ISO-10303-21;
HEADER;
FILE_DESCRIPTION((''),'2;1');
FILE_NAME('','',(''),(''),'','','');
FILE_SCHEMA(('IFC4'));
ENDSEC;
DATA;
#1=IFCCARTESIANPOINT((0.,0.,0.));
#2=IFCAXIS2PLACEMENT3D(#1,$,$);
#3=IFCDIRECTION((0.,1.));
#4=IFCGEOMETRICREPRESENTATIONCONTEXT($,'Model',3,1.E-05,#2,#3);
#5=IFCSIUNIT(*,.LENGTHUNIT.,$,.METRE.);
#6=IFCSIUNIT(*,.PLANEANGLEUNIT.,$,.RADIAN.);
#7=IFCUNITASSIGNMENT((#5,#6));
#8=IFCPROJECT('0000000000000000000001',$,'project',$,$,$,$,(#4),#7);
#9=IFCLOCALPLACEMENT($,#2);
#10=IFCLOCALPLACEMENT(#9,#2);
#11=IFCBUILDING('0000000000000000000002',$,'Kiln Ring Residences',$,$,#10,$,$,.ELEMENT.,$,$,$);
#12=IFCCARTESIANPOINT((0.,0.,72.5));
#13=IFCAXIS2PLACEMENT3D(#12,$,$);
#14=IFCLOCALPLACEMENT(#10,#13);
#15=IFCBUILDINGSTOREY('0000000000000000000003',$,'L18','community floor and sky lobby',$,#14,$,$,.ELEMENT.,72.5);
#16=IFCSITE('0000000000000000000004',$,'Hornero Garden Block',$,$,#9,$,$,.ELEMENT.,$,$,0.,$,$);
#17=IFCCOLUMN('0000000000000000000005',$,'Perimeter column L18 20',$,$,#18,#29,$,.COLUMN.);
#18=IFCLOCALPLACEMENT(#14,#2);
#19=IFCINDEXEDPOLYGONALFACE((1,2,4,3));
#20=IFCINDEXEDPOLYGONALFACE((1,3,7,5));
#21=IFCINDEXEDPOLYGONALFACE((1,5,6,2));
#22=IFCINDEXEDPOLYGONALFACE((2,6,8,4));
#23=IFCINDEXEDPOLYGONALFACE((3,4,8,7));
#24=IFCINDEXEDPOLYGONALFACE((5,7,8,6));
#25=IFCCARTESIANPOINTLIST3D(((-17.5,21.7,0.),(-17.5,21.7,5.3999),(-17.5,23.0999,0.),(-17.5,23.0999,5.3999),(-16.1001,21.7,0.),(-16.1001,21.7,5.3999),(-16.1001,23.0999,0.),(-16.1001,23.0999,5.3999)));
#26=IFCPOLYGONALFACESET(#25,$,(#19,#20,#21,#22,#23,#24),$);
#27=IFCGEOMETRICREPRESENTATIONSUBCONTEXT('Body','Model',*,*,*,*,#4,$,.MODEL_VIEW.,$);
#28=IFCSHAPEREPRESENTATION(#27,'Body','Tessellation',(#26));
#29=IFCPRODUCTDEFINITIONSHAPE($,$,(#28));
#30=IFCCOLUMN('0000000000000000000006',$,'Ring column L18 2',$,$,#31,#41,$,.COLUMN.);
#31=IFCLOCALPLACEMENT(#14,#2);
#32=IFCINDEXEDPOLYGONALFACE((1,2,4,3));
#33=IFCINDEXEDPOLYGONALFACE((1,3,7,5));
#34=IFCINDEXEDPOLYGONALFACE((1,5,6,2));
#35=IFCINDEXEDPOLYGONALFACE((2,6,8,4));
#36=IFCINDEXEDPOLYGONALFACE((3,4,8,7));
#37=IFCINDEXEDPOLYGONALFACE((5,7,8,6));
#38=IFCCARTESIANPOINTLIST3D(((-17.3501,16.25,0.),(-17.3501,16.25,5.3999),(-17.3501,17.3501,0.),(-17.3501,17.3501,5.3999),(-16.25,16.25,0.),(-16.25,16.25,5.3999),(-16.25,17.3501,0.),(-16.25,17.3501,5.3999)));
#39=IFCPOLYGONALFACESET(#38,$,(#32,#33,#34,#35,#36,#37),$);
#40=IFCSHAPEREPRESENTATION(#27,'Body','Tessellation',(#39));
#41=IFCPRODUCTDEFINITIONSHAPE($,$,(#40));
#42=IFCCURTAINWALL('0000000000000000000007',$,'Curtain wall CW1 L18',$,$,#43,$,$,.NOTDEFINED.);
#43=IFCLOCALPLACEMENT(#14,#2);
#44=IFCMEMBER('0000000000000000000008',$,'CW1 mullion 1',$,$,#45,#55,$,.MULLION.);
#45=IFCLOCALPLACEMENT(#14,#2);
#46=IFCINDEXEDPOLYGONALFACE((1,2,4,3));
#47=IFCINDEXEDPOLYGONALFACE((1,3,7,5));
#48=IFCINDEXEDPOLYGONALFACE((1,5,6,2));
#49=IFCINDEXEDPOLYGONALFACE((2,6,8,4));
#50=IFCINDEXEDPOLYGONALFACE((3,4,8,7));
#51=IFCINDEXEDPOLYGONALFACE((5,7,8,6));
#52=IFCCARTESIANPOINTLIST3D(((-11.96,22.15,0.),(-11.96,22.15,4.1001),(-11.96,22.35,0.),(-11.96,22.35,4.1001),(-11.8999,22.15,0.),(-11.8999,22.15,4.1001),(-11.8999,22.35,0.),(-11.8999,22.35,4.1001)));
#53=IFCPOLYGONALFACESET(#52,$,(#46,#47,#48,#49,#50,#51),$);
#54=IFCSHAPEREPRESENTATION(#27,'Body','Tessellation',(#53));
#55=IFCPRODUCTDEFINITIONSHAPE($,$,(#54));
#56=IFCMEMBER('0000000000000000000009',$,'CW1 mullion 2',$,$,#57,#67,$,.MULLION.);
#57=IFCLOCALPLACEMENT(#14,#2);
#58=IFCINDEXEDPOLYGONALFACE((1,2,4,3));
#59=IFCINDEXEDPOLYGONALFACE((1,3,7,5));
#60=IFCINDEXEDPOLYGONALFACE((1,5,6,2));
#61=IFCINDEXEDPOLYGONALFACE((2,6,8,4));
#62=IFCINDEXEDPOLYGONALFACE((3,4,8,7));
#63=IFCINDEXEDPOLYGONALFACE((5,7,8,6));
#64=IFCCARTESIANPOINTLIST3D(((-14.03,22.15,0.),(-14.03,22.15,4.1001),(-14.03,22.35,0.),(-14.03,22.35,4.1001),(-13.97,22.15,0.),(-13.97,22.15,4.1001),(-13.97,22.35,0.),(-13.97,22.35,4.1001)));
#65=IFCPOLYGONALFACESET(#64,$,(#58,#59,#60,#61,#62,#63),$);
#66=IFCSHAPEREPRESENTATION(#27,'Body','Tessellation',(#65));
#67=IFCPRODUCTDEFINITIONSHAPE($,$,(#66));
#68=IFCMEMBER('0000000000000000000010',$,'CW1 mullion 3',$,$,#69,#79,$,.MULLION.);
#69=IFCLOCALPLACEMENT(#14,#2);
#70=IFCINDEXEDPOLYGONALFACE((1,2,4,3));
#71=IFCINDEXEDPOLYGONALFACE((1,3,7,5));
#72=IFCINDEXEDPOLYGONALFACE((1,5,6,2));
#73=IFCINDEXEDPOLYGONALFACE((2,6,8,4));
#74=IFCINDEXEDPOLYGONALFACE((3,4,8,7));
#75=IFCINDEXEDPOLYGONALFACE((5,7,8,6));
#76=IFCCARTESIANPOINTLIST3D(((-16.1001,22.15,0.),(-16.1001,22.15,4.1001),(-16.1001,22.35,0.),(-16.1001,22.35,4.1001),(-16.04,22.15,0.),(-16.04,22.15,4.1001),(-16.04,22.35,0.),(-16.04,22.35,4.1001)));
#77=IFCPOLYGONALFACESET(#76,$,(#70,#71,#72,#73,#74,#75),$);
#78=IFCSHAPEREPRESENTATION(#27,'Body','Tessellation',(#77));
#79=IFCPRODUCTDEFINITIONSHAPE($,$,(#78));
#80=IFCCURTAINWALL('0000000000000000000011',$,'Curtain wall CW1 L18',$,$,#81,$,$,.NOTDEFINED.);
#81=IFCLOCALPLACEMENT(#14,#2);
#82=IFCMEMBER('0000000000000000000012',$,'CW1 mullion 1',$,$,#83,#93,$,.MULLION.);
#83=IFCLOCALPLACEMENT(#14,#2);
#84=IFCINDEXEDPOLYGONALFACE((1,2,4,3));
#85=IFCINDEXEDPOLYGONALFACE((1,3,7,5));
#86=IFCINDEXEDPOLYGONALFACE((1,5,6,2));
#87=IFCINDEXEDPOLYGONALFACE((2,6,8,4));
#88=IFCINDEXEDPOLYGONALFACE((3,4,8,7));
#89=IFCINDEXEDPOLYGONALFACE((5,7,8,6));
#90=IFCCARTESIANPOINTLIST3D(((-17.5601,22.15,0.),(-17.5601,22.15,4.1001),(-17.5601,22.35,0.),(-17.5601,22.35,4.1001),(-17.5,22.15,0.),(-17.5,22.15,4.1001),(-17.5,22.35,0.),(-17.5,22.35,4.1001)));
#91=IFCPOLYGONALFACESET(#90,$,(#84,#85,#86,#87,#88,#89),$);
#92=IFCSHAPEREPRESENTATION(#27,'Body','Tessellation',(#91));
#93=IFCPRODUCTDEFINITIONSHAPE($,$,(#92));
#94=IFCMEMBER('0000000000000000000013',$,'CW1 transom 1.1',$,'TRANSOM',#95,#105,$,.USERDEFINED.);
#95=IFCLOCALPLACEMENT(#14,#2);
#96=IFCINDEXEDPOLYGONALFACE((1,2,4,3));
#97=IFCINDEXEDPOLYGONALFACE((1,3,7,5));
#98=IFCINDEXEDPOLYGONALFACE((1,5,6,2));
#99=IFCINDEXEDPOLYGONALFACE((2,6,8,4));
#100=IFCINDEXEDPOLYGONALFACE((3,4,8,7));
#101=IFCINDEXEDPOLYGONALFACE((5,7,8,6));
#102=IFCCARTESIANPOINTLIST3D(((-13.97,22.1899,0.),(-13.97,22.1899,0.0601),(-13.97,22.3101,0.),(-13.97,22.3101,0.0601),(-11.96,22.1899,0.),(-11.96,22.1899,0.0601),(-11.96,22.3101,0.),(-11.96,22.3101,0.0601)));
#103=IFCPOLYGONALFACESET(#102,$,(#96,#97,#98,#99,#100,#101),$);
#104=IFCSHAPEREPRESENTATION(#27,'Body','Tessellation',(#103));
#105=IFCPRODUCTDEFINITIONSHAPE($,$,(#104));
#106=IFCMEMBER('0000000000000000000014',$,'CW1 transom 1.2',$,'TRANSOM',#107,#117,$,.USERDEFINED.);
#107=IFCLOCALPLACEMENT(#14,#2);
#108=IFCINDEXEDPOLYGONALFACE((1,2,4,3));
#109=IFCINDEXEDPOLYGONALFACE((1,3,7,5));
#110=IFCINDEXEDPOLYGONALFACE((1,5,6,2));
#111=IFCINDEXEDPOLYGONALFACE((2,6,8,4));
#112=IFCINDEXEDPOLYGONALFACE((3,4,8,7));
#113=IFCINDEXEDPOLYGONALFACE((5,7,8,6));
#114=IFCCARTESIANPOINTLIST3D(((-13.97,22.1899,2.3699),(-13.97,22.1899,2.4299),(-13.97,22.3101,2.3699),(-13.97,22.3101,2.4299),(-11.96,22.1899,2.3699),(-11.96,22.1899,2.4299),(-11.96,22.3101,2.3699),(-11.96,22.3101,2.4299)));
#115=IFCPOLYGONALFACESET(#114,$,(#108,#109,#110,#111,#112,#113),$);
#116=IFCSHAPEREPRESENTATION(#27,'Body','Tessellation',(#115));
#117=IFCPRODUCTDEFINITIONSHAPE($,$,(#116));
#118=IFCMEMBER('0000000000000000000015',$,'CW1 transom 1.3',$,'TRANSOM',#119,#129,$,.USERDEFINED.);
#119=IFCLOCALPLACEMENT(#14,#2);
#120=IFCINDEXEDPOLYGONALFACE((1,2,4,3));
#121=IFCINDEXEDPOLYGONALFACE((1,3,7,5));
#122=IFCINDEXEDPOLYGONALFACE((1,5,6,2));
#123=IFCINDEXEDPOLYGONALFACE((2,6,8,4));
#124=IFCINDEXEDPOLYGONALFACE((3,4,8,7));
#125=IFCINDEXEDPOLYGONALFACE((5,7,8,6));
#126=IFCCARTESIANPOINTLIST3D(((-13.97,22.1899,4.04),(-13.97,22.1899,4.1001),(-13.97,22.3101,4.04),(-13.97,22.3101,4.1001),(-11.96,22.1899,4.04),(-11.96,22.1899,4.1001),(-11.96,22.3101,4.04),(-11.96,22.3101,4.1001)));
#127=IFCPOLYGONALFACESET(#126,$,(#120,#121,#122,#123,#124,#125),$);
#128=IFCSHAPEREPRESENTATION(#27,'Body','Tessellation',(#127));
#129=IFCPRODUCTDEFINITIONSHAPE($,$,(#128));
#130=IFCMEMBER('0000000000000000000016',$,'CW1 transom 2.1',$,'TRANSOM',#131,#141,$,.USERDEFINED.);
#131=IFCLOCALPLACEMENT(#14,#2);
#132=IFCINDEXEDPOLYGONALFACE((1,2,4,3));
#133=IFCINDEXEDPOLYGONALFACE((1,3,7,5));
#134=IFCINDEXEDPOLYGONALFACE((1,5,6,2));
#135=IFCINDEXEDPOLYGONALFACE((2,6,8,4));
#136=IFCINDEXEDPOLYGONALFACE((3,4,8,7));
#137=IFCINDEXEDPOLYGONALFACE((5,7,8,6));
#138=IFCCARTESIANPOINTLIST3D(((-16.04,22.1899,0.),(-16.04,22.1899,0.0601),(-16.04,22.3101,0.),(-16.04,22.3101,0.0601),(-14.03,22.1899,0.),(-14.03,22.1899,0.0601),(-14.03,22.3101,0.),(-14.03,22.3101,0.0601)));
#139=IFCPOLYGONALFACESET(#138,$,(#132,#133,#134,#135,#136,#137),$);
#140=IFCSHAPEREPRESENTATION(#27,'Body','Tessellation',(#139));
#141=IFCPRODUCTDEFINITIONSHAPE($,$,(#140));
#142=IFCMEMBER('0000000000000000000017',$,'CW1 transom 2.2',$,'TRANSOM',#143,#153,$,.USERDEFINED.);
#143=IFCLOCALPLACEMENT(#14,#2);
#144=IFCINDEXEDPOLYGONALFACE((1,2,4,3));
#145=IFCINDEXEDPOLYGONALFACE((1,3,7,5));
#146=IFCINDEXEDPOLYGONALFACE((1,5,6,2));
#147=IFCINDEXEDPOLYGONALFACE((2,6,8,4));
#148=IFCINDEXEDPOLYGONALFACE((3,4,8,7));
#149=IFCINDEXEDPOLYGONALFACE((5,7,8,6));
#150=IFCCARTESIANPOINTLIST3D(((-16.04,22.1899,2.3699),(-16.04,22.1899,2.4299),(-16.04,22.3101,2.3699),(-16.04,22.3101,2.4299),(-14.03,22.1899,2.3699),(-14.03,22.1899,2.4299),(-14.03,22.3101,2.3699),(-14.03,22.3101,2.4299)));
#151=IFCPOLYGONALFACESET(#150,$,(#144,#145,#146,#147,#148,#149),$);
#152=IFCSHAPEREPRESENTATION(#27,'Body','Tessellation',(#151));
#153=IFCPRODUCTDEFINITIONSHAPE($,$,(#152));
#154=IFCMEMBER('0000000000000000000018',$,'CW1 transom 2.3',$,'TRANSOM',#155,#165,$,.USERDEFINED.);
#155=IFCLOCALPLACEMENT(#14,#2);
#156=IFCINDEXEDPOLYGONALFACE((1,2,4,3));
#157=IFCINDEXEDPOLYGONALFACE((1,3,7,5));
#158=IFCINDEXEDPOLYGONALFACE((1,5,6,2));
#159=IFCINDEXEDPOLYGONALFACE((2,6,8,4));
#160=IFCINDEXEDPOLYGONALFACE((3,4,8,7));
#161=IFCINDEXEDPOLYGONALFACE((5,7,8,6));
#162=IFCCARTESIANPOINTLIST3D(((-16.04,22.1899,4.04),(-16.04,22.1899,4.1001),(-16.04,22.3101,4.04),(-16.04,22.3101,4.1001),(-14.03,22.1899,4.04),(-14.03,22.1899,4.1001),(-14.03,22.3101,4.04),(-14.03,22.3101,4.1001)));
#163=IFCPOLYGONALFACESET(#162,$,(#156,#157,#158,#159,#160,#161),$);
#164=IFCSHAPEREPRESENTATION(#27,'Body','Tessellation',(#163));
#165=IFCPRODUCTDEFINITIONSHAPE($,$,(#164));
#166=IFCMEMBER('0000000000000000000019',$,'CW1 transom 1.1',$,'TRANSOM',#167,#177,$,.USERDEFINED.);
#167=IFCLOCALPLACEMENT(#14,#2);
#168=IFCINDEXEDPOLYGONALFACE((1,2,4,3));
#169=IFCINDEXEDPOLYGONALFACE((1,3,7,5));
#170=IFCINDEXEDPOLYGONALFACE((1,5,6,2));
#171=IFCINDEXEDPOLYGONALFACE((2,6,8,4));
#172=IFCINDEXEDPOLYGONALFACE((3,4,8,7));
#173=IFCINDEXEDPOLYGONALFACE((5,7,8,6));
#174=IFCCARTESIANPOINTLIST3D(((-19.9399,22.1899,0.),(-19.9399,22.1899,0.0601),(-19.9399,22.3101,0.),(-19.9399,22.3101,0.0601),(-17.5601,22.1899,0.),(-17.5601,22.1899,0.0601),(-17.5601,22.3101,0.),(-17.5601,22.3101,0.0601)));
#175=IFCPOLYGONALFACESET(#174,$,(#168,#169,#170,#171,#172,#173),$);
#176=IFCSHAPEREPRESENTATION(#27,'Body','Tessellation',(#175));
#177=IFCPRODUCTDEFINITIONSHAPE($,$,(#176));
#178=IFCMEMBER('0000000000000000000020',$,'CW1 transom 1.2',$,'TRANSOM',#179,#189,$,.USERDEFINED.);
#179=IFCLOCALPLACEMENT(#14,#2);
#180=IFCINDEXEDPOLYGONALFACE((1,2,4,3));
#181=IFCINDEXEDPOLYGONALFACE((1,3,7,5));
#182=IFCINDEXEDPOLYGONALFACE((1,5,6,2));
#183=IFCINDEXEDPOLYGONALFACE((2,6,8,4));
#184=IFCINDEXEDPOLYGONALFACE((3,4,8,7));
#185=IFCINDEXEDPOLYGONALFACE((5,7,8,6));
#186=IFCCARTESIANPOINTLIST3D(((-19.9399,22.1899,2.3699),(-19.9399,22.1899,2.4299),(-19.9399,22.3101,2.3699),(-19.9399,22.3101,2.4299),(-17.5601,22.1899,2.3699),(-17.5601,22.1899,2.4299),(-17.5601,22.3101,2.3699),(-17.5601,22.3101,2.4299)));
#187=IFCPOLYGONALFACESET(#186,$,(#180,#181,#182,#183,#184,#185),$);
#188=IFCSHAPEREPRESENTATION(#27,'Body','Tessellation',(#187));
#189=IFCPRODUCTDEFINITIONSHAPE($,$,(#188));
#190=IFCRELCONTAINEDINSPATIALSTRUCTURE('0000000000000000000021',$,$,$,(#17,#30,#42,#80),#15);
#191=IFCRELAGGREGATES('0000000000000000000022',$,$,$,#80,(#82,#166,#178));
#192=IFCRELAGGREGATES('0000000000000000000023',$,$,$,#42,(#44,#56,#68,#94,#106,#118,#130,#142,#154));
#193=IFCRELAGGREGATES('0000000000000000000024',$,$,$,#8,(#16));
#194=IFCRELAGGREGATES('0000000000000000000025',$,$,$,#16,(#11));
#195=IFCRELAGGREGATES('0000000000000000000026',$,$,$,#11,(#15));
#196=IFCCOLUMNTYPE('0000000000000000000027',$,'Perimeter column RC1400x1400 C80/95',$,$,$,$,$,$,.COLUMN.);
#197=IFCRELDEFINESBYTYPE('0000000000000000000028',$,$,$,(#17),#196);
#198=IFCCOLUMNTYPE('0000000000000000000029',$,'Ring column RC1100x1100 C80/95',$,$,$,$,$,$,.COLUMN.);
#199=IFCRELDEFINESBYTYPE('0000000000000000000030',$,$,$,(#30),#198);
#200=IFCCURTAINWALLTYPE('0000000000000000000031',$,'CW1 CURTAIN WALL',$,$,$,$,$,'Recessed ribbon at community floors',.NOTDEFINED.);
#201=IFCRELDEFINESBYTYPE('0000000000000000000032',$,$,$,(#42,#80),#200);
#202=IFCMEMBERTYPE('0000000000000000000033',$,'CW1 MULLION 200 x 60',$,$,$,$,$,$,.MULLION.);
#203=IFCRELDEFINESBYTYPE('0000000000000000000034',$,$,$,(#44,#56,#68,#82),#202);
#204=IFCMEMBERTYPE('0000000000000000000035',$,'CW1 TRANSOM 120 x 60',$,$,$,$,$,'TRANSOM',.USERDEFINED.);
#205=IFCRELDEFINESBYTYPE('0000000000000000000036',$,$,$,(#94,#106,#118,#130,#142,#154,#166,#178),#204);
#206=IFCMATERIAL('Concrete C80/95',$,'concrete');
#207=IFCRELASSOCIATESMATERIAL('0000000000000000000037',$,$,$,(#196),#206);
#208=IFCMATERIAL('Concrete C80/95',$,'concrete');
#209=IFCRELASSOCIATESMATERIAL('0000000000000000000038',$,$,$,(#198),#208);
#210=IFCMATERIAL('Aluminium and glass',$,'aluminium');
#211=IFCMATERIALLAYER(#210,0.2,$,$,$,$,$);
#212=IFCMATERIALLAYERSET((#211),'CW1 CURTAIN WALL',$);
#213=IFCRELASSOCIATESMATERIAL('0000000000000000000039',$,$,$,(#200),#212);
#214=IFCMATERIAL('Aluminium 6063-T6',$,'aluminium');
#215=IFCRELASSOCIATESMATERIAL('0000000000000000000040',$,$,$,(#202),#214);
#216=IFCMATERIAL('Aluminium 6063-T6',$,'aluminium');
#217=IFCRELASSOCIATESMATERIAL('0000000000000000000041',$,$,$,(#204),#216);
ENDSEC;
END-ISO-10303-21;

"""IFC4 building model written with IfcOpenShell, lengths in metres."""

from ifc_helpers import new_model, si_unit, direction, frame, origin, origin_2d, place, context, subcontext, project, spatial, rectangle, extrude, material, layer, layer_set, material_profile, profile_set, type_object, element, aggregate, save


model = new_model("IFC4")

# Units and contexts
model_context = context("Model", 3, precision=1e-05, world=origin(), true_north=direction((0.0, 1.0)))
body_context = subcontext(model_context, "Body", "Model", "MODEL_VIEW")
ifc_project = project(units=[si_unit("LENGTHUNIT", "METRE"), si_unit("PLANEANGLEUNIT", "RADIAN")], contexts=[model_context])

# Site, building, storey
site_placement = place(None, origin())
site = spatial("IfcSite", under=ifc_project, at=site_placement, Name="Hornero Garden Block", CompositionType="ELEMENT", RefElevation=0.0)
building_placement = place(site_placement, origin())
building = spatial("IfcBuilding", under=site, at=building_placement, Name="Kiln Ring Residences", CompositionType="ELEMENT")
storey_placement = place(building_placement, frame((0.0, 0.0, 72.5)))
storey = spatial("IfcBuildingStorey", under=building, at=storey_placement, Name="L18", Description="community floor and sky lobby", CompositionType="ELEMENT", Elevation=72.5)

# Columns
ifc_material_1 = material(Name="Concrete C80/95", Category="concrete")
ifc_material_profile_1 = material_profile(ifc_material_1, rectangle(XDim=1.3999, YDim=1.3999, at=origin_2d()), Name="RC1400x1400")
ifc_profile_set_1 = profile_set([ifc_material_profile_1], Name="Concrete C80/95")
column_type_1 = type_object("IfcColumnType", Name="Perimeter column RC1400x1400 C80/95", PredefinedType="COLUMN", material=ifc_profile_set_1)
column_1_placement = place(storey_placement, frame((-16.8, 22.3999, 0.0), z_axis=(0.0, 0.0, 1.0), x_axis=(1.0, 0.0, 0.0)))
element("IfcColumn", 1, at=column_1_placement, inside=storey, type_object=column_type_1, Name="Perimeter column L18 20", PredefinedType="COLUMN", context=body_context, shape_type="SweptSolid", body=[
    extrude(rectangle(XDim=1.3999, YDim=1.3999, at=origin_2d()), origin(), (0.0, 0.0, 1.0), 5.3999),
])
ifc_material_2 = material(Name="Concrete C80/95", Category="concrete")
ifc_material_profile_2 = material_profile(ifc_material_2, rectangle(XDim=1.1001, YDim=1.1001, at=origin_2d()), Name="RC1100x1100")
ifc_profile_set_2 = profile_set([ifc_material_profile_2], Name="Concrete C80/95")
column_type_2 = type_object("IfcColumnType", Name="Ring column RC1100x1100 C80/95", PredefinedType="COLUMN", material=ifc_profile_set_2)
column_2_placement = place(storey_placement, frame((-16.8, 16.8, 0.0), z_axis=(0.0, 0.0, 1.0), x_axis=(1.0, 0.0, 0.0)))
element("IfcColumn", 2, at=column_2_placement, inside=storey, type_object=column_type_2, Name="Ring column L18 2", PredefinedType="COLUMN", context=body_context, shape_type="SweptSolid", body=[
    extrude(rectangle(XDim=1.1001, YDim=1.1001, at=origin_2d()), origin(), (0.0, 0.0, 1.0), 5.3999),
])

# Curtain wall, members
ifc_material_3 = material(Name="Aluminium and glass", Category="aluminium")
ifc_layer_1 = layer(ifc_material_3, 0.2)
ifc_layer_set_1 = layer_set([ifc_layer_1], Name="CW1 CURTAIN WALL")
curtain_wall_type = type_object("IfcCurtainWallType", Name="CW1 CURTAIN WALL", ElementType="Recessed ribbon at community floors", PredefinedType="NOTDEFINED", material=ifc_layer_set_1)
placement = place(storey_placement, origin())
curtain_wall_1 = element("IfcCurtainWall", 3, at=placement, inside=storey, type_object=curtain_wall_type, Name="Curtain wall CW1 L18", PredefinedType="NOTDEFINED")
ifc_material_4 = material(Name="Aluminium 6063-T6", Category="aluminium")
ifc_material_profile_3 = material_profile(ifc_material_4, rectangle(XDim=0.2, YDim=0.0601, at=origin_2d()), Name="AL 200x60")
ifc_profile_set_3 = profile_set([ifc_material_profile_3], Name="Aluminium 6063-T6")
member_type_1 = type_object("IfcMemberType", Name="CW1 MULLION 200 x 60", PredefinedType="MULLION", material=ifc_profile_set_3)
member_1_placement = place(storey_placement, frame((-11.9299, 22.25, 0.0), z_axis=(0.0, 0.0, 1.0), x_axis=(0.0, -1.0, 0.0)))
member_1 = element("IfcMember", 4, at=member_1_placement, type_object=member_type_1, Name="CW1 mullion 1", PredefinedType="MULLION", context=body_context, shape_type="SweptSolid", body=[
    extrude(rectangle(XDim=0.2, YDim=0.0601, at=origin_2d()), origin(), (0.0, 0.0, 1.0), 4.1001),
])
member_2_placement = place(storey_placement, frame((-14.0, 22.25, 0.0), z_axis=(0.0, 0.0, 1.0), x_axis=(0.0, -1.0, 0.0)))
member_2 = element("IfcMember", 5, at=member_2_placement, type_object=member_type_1, Name="CW1 mullion 2", PredefinedType="MULLION", context=body_context, shape_type="SweptSolid", body=[
    extrude(rectangle(XDim=0.2, YDim=0.0601, at=origin_2d()), origin(), (0.0, 0.0, 1.0), 4.1001),
])
member_3_placement = place(storey_placement, frame((-16.0701, 22.25, 0.0), z_axis=(0.0, 0.0, 1.0), x_axis=(0.0, -1.0, 0.0)))
member_3 = element("IfcMember", 6, at=member_3_placement, type_object=member_type_1, Name="CW1 mullion 3", PredefinedType="MULLION", context=body_context, shape_type="SweptSolid", body=[
    extrude(rectangle(XDim=0.2, YDim=0.0601, at=origin_2d()), origin(), (0.0, 0.0, 1.0), 4.1001),
])

# Curtain wall, member
curtain_wall_2 = element("IfcCurtainWall", 7, at=placement, inside=storey, type_object=curtain_wall_type, Name="Curtain wall CW1 L18", PredefinedType="NOTDEFINED")
member_4_placement = place(storey_placement, frame((-17.53, 22.25, 0.0), z_axis=(0.0, 0.0, 1.0), x_axis=(0.0, -1.0, 0.0)))
member_4 = element("IfcMember", 8, at=member_4_placement, type_object=member_type_1, Name="CW1 mullion 1", PredefinedType="MULLION", context=body_context, shape_type="SweptSolid", body=[
    extrude(rectangle(XDim=0.2, YDim=0.0601, at=origin_2d()), origin(), (0.0, 0.0, 1.0), 4.1001),
])

# Members
ifc_material_5 = material(Name="Aluminium 6063-T6", Category="aluminium")
ifc_material_profile_4 = material_profile(ifc_material_5, rectangle(XDim=0.1201, YDim=0.0601, at=origin_2d()), Name="AL 120x60")
ifc_profile_set_4 = profile_set([ifc_material_profile_4], Name="Aluminium 6063-T6")
member_type_2 = type_object("IfcMemberType", Name="CW1 TRANSOM 120 x 60", ElementType="TRANSOM", PredefinedType="USERDEFINED", material=ifc_profile_set_4)
member_5_placement = place(storey_placement, frame((-11.96, 22.25, 0.03), z_axis=(-1.0, 0.0, 0.0), x_axis=(0.0, -1.0, 0.0)))
member_5 = element("IfcMember", 9, at=member_5_placement, type_object=member_type_2, Name="CW1 transom 1.1", ObjectType="TRANSOM", PredefinedType="USERDEFINED", context=body_context, shape_type="SweptSolid", body=[
    extrude(rectangle(XDim=0.1201, YDim=0.0601, at=origin_2d()), origin(), (0.0, 0.0, 1.0), 2.01),
])
member_6_placement = place(storey_placement, frame((-11.96, 22.25, 2.3999), z_axis=(-1.0, 0.0, 0.0), x_axis=(0.0, -1.0, 0.0)))
member_6 = element("IfcMember", 10, at=member_6_placement, type_object=member_type_2, Name="CW1 transom 1.2", ObjectType="TRANSOM", PredefinedType="USERDEFINED", context=body_context, shape_type="SweptSolid", body=[
    extrude(rectangle(XDim=0.1201, YDim=0.0601, at=origin_2d()), origin(), (0.0, 0.0, 1.0), 2.01),
])
member_7_placement = place(storey_placement, frame((-11.96, 22.25, 4.0701), z_axis=(-1.0, 0.0, 0.0), x_axis=(0.0, -1.0, 0.0)))
member_7 = element("IfcMember", 11, at=member_7_placement, type_object=member_type_2, Name="CW1 transom 1.3", ObjectType="TRANSOM", PredefinedType="USERDEFINED", context=body_context, shape_type="SweptSolid", body=[
    extrude(rectangle(XDim=0.1201, YDim=0.0601, at=origin_2d()), origin(), (0.0, 0.0, 1.0), 2.01),
])
member_8_placement = place(storey_placement, frame((-14.03, 22.25, 0.03), z_axis=(-1.0, 0.0, 0.0), x_axis=(0.0, -1.0, 0.0)))
member_8 = element("IfcMember", 12, at=member_8_placement, type_object=member_type_2, Name="CW1 transom 2.1", ObjectType="TRANSOM", PredefinedType="USERDEFINED", context=body_context, shape_type="SweptSolid", body=[
    extrude(rectangle(XDim=0.1201, YDim=0.0601, at=origin_2d()), origin(), (0.0, 0.0, 1.0), 2.01),
])
member_9_placement = place(storey_placement, frame((-14.03, 22.25, 2.3999), z_axis=(-1.0, 0.0, 0.0), x_axis=(0.0, -1.0, 0.0)))
member_9 = element("IfcMember", 13, at=member_9_placement, type_object=member_type_2, Name="CW1 transom 2.2", ObjectType="TRANSOM", PredefinedType="USERDEFINED", context=body_context, shape_type="SweptSolid", body=[
    extrude(rectangle(XDim=0.1201, YDim=0.0601, at=origin_2d()), origin(), (0.0, 0.0, 1.0), 2.01),
])
member_10_placement = place(storey_placement, frame((-14.03, 22.25, 4.0701), z_axis=(-1.0, 0.0, 0.0), x_axis=(0.0, -1.0, 0.0)))
member_10 = element("IfcMember", 14, at=member_10_placement, type_object=member_type_2, Name="CW1 transom 2.3", ObjectType="TRANSOM", PredefinedType="USERDEFINED", context=body_context, shape_type="SweptSolid", body=[
    extrude(rectangle(XDim=0.1201, YDim=0.0601, at=origin_2d()), origin(), (0.0, 0.0, 1.0), 2.01),
])
member_11_placement = place(storey_placement, frame((-17.5601, 22.25, 0.03), z_axis=(-1.0, 0.0, 0.0), x_axis=(0.0, -1.0, 0.0)))
member_11 = element("IfcMember", 15, at=member_11_placement, type_object=member_type_2, Name="CW1 transom 1.1", ObjectType="TRANSOM", PredefinedType="USERDEFINED", context=body_context, shape_type="SweptSolid", body=[
    extrude(rectangle(XDim=0.1201, YDim=0.0601, at=origin_2d()), origin(), (0.0, 0.0, 1.0), 2.3799),
])
member_12_placement = place(storey_placement, frame((-17.5601, 22.25, 2.3999), z_axis=(-1.0, 0.0, 0.0), x_axis=(0.0, -1.0, 0.0)))
member_12 = element("IfcMember", 16, at=member_12_placement, type_object=member_type_2, Name="CW1 transom 1.2", ObjectType="TRANSOM", PredefinedType="USERDEFINED", context=body_context, shape_type="SweptSolid", body=[
    extrude(rectangle(XDim=0.1201, YDim=0.0601, at=origin_2d()), origin(), (0.0, 0.0, 1.0), 2.3799),
])
aggregate(curtain_wall_2, [member_4, member_11, member_12])

aggregate(curtain_wall_1, [member_1, member_2, member_3, member_5, member_6, member_7, member_8, member_9, member_10])

save(model, "model.ifc")
